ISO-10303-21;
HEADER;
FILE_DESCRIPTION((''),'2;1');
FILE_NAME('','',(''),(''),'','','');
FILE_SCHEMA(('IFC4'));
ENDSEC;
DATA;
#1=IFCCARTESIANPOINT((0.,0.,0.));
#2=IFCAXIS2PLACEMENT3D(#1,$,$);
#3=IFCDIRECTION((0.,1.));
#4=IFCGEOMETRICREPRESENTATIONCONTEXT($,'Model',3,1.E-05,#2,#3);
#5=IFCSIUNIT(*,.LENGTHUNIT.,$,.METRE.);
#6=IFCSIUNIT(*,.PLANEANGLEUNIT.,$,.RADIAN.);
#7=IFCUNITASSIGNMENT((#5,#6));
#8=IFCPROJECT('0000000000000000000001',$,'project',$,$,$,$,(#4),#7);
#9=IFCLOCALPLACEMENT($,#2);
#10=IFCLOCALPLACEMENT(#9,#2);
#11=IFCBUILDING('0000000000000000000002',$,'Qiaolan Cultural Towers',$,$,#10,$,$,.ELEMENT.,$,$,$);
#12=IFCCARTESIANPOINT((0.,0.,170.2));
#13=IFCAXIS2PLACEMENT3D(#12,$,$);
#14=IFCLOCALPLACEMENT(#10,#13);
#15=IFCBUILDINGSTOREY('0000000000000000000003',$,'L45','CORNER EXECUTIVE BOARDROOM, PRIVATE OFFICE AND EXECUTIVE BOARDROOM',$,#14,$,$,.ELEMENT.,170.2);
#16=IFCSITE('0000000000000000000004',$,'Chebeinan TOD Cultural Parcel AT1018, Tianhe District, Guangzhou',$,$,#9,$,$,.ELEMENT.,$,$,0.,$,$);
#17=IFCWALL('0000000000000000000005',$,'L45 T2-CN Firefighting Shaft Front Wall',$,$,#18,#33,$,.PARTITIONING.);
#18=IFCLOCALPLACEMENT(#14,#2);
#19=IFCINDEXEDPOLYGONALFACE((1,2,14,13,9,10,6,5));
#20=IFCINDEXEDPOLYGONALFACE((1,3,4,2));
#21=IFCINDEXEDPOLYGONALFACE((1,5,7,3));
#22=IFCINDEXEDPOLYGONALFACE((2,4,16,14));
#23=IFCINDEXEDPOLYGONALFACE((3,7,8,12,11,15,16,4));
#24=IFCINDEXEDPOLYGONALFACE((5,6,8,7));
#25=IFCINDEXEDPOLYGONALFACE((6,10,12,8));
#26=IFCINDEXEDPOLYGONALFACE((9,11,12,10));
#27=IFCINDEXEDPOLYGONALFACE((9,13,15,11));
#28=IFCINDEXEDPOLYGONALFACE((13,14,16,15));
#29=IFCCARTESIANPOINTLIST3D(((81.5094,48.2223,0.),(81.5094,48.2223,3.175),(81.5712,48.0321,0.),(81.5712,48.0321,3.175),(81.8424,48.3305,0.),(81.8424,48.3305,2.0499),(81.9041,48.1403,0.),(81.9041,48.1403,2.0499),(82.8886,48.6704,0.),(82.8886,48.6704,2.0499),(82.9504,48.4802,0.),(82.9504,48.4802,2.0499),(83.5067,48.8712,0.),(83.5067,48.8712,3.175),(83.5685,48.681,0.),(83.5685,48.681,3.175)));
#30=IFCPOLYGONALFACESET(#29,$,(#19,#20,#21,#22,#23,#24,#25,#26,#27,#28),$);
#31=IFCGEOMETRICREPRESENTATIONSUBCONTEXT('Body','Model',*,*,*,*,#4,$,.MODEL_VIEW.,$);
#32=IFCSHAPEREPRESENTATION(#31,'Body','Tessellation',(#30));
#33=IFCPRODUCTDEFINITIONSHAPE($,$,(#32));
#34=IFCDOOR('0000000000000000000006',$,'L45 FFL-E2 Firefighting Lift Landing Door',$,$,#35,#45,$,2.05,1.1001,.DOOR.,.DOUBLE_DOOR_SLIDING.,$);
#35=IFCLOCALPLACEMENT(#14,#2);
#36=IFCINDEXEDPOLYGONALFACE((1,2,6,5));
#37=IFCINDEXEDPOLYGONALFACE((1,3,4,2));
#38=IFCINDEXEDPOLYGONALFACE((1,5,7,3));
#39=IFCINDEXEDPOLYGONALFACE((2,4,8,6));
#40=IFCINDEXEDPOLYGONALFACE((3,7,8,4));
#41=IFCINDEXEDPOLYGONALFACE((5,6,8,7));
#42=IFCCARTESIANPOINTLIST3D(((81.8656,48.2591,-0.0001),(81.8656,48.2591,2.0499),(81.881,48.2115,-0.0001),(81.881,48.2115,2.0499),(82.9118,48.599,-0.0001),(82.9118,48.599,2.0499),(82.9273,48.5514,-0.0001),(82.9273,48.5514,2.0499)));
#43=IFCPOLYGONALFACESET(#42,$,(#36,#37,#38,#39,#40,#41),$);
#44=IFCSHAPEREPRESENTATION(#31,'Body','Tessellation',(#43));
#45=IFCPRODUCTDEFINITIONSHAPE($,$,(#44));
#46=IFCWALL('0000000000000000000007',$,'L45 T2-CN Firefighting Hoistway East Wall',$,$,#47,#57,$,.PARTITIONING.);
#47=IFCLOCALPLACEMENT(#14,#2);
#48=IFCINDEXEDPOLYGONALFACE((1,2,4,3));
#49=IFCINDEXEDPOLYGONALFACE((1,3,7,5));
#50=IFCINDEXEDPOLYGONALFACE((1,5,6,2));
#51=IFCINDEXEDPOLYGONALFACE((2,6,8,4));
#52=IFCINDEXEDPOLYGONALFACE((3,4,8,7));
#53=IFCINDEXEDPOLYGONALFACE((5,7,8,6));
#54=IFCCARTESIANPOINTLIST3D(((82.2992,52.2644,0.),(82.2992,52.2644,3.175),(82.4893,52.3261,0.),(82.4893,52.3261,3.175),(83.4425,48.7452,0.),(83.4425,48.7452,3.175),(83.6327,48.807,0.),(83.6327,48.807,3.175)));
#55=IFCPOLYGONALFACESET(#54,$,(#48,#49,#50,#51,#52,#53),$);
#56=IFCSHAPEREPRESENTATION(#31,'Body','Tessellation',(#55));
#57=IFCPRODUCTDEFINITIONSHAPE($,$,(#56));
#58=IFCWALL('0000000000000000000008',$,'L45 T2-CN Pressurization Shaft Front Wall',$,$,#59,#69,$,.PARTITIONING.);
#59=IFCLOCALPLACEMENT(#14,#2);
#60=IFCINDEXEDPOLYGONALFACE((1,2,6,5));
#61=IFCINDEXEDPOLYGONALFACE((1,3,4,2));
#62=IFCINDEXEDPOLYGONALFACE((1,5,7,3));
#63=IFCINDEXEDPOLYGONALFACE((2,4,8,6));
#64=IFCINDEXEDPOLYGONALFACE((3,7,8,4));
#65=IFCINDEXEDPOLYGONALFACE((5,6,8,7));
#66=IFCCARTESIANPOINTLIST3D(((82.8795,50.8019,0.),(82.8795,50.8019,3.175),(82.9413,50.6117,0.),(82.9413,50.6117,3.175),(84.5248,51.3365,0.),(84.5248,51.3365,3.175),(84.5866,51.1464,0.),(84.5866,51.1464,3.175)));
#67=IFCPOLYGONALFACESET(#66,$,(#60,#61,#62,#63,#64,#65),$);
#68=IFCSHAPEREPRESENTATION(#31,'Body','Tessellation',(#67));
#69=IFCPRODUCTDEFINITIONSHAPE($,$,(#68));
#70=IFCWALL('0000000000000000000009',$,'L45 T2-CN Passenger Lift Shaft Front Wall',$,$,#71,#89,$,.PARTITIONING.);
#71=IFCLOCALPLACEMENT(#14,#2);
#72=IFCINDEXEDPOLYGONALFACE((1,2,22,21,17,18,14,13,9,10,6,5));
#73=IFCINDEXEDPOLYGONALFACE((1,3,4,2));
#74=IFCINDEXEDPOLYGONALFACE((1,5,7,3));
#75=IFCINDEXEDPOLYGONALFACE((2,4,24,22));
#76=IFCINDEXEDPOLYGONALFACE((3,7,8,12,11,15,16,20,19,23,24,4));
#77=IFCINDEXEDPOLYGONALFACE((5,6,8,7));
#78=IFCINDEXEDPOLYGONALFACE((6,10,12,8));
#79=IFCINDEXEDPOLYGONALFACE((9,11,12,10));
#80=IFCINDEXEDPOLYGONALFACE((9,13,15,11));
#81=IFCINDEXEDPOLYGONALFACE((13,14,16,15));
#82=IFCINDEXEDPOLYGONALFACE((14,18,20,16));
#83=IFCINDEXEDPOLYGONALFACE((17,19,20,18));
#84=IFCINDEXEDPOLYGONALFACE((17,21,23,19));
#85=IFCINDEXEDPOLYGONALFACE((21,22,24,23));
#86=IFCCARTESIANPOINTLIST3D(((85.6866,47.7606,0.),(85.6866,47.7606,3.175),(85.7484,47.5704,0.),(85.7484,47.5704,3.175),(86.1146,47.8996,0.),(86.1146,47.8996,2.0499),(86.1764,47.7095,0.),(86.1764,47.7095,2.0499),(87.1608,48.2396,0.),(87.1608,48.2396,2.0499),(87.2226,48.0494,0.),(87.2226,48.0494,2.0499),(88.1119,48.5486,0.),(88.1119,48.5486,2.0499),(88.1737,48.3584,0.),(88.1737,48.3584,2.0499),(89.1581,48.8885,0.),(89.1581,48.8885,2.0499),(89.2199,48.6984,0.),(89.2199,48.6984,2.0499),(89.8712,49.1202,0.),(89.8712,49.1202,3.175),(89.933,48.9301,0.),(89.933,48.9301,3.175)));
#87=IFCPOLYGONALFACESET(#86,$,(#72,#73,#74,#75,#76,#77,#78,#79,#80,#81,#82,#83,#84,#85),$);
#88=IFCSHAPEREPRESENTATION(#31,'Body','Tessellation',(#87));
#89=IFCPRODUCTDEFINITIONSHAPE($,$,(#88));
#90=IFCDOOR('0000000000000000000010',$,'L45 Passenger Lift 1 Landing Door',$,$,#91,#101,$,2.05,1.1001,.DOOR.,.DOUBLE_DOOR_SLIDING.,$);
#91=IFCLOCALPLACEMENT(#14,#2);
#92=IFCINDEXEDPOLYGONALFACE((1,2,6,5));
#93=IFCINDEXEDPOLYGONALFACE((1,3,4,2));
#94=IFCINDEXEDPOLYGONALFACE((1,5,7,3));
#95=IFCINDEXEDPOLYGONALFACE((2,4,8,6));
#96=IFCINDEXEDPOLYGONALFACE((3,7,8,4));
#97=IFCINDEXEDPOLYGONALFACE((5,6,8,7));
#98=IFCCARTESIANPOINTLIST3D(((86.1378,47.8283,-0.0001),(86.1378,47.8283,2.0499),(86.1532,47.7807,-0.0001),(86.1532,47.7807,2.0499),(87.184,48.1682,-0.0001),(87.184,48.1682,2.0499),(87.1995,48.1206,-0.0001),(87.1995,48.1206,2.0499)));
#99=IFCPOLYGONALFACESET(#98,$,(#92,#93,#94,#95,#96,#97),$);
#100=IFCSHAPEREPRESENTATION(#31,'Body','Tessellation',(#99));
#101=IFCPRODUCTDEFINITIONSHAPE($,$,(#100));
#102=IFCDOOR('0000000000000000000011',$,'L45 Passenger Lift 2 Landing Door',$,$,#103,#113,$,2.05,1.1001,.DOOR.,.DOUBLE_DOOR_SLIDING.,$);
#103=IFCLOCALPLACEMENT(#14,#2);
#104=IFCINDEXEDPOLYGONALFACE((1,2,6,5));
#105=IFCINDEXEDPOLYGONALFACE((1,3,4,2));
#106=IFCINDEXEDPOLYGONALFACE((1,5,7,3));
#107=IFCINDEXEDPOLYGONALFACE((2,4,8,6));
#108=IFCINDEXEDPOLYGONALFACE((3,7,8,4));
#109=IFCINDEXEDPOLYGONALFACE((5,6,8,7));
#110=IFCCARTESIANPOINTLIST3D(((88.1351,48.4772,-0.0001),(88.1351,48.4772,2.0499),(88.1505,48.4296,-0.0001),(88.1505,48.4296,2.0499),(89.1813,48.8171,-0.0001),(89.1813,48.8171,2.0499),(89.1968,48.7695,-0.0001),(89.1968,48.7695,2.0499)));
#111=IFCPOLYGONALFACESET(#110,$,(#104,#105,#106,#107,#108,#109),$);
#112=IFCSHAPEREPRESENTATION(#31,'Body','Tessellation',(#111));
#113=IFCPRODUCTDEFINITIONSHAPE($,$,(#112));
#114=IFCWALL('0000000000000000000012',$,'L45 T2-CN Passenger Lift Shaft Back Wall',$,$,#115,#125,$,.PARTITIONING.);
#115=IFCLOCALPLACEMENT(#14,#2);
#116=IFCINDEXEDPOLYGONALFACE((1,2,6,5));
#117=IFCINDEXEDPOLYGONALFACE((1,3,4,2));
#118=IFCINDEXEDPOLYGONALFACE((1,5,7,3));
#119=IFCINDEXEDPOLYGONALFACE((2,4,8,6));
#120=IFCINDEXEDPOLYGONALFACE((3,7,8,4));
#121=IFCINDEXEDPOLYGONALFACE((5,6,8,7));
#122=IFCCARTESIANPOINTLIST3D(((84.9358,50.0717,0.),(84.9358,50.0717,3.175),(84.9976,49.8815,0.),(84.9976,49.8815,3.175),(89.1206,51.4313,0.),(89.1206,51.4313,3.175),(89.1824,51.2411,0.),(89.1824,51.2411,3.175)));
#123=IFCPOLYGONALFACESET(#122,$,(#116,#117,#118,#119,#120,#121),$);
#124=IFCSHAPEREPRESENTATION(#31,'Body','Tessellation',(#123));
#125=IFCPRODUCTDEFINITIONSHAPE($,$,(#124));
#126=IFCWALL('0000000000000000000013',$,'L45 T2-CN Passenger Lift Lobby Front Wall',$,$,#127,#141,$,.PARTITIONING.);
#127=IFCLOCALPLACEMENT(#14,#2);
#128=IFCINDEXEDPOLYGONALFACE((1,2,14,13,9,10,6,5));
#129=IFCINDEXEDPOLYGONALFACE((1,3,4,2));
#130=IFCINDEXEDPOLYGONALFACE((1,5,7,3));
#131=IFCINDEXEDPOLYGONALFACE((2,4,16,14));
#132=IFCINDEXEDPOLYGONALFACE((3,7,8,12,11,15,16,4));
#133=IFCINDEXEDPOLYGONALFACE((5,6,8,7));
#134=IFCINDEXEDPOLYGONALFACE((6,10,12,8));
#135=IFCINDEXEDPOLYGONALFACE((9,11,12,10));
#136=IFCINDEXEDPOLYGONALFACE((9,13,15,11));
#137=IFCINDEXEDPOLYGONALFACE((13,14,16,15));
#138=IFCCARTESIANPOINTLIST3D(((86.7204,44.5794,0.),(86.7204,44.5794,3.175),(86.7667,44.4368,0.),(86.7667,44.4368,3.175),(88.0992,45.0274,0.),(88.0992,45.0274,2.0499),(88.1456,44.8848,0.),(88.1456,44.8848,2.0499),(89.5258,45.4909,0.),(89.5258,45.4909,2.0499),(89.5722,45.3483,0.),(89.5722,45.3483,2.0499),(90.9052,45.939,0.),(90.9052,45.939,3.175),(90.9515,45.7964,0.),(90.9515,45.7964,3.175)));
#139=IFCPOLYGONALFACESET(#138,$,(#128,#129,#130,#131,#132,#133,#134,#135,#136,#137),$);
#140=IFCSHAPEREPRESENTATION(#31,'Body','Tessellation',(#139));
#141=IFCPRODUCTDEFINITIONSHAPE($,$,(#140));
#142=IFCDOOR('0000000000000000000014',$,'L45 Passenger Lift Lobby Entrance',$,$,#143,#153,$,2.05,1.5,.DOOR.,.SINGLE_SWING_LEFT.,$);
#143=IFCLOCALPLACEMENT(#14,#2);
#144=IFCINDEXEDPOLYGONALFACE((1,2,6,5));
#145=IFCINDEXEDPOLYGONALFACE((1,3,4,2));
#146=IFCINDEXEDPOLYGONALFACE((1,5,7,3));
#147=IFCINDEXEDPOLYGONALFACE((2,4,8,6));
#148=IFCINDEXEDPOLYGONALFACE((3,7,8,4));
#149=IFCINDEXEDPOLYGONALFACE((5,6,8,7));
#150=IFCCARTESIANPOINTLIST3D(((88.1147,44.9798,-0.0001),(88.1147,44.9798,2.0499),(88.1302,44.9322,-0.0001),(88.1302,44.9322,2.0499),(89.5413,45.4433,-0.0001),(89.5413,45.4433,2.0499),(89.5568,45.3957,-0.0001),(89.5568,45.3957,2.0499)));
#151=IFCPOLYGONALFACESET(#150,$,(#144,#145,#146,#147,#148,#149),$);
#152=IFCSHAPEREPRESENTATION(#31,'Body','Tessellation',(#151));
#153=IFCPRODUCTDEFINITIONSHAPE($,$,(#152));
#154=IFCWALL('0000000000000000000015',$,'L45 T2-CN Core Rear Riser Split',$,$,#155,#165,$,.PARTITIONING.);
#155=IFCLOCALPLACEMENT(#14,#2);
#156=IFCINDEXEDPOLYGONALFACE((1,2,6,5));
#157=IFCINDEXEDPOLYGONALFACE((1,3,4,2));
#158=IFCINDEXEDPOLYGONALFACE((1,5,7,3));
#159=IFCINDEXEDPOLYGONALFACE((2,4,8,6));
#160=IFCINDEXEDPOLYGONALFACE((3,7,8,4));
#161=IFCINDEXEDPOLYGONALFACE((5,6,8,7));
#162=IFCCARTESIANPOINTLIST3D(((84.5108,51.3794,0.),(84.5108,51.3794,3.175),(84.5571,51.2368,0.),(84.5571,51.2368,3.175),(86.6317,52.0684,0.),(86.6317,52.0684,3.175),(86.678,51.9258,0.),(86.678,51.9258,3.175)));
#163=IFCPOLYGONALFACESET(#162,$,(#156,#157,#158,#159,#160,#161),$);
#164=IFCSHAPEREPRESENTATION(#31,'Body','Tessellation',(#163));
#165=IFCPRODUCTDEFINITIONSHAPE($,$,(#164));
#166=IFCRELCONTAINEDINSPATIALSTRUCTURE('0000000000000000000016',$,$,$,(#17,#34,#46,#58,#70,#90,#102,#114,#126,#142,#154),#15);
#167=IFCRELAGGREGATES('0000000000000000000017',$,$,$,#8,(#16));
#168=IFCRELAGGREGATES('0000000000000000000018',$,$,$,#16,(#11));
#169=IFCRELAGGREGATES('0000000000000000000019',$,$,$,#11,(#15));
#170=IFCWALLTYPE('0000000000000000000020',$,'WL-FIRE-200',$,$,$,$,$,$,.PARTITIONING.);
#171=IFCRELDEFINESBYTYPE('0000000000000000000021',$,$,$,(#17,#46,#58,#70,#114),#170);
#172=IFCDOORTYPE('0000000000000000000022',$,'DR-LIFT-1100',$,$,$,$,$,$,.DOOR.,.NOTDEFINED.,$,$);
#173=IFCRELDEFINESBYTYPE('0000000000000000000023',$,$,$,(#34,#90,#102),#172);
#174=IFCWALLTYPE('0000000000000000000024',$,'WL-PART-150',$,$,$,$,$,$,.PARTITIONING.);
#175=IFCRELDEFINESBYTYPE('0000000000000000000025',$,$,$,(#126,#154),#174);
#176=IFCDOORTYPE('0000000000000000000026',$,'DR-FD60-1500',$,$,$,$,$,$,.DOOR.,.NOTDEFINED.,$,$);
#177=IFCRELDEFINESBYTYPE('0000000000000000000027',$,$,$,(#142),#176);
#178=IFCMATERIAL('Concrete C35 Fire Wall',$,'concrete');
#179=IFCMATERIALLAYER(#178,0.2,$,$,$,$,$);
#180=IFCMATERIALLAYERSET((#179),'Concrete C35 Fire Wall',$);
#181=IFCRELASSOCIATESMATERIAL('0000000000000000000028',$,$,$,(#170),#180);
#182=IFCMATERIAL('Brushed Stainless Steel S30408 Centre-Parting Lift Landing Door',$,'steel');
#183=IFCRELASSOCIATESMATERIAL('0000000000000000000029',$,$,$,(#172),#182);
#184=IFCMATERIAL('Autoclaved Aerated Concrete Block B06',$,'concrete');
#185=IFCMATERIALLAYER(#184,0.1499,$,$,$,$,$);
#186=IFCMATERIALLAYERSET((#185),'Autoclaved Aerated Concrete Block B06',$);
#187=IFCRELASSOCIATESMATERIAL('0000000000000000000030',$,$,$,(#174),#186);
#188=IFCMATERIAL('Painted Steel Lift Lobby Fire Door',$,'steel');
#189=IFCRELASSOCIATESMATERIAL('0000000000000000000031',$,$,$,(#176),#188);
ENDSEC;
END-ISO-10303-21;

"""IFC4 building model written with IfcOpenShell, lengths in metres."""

from ifc_helpers import new_model, si_unit, direction, frame, frame_2d, origin, place, context, subcontext, project, spatial, rectangle, extrude, material, layer, layer_set, type_object, element, fill, save


model = new_model("IFC4")

# Units and contexts
model_context = context("Model", 3, precision=1e-05, world=origin(), true_north=direction((0.0, 1.0)))
body_context = subcontext(model_context, "Body", "Model", "MODEL_VIEW")
ifc_project = project(units=[si_unit("LENGTHUNIT", "METRE"), si_unit("PLANEANGLEUNIT", "RADIAN")], contexts=[model_context])

# Site, building, storey
site_placement = place(None, origin())
site = spatial("IfcSite", under=ifc_project, at=site_placement, Name="Chebeinan TOD Cultural Parcel AT1018, Tianhe District, Guangzhou", CompositionType="ELEMENT", RefElevation=0.0)
building_placement = place(site_placement, origin())
building = spatial("IfcBuilding", under=site, at=building_placement, Name="Qiaolan Cultural Towers", CompositionType="ELEMENT")
storey_placement = place(building_placement, frame((0.0, 0.0, 170.2)))
storey = spatial("IfcBuildingStorey", under=building, at=storey_placement, Name="L45", Description="CORNER EXECUTIVE BOARDROOM, PRIVATE OFFICE AND EXECUTIVE BOARDROOM", CompositionType="ELEMENT", Elevation=170.2)

# Shared definitions
ifc_material_1 = material(Name="Concrete C35 Fire Wall", Category="concrete")
ifc_layer_1 = layer(ifc_material_1, 0.2)
ifc_layer_set_1 = layer_set([ifc_layer_1], Name="Concrete C35 Fire Wall")
wall_type_1 = type_object("IfcWallType", Name="WL-FIRE-200", PredefinedType="PARTITIONING", material=ifc_layer_set_1)

# Wall, opening, door
wall_1_placement = place(storey_placement, frame((81.5403, 48.1272, 0.0), z_axis=(0.0, 0.0, 1.0), x_axis=(0.951062, 0.308999, 0.0)))
wall_1 = element("IfcWall", 1, at=wall_1_placement, inside=storey, type_object=wall_type_1, Name="L45 T2-CN Firefighting Shaft Front Wall", PredefinedType="PARTITIONING", context=body_context, shape_type="SweptSolid", body=[
    extrude(rectangle(XDim=2.1001, YDim=0.2, at=frame_2d((1.05, 0.0))), origin(), (0.0, 0.0, 1.0), 3.175),
])
opening_1_placement = place(wall_1_placement, frame((0.3501, 0.0, 0.0)))
opening_1 = element("IfcOpeningElement", 2, at=opening_1_placement, cuts=wall_1, PredefinedType="OPENING", context=body_context, shape_type="SweptSolid", body=[
    extrude(rectangle(XDim=1.1001, YDim=2.05, at=frame_2d((0.55, 1.0249))), frame((0.0, 0.1099, 0.0), z_axis=(0.0, -1.0, 0.0), x_axis=(1.0, 0.0, 0.0)), (0.0, 0.0, 1.0), 0.22),
])
ifc_material_2 = material(Name="Brushed Stainless Steel S30408 Centre-Parting Lift Landing Door", Category="steel")
door_type_1 = type_object("IfcDoorType", Name="DR-LIFT-1100", OperationType="NOTDEFINED", PredefinedType="DOOR", material=ifc_material_2)
door_1_placement = place(opening_1_placement, origin())
door_1 = element("IfcDoor", 3, at=door_1_placement, inside=storey, type_object=door_type_1, Name="L45 FFL-E2 Firefighting Lift Landing Door", OperationType="DOUBLE_DOOR_SLIDING", OverallHeight=2.05, OverallWidth=1.1001, PredefinedType="DOOR", context=body_context, shape_type="SweptSolid", body=[
    extrude(rectangle(XDim=1.1001, YDim=2.05, at=frame_2d((0.55, 1.0249))), frame((0.0, 0.0249, 0.0), z_axis=(0.0, -1.0, 0.0), x_axis=(1.0, 0.0, 0.0)), (0.0, 0.0, 1.0), 0.05),
])
fill(opening_1, door_1)

# Walls
wall_2_placement = place(storey_placement, frame((83.5376, 48.7761, 0.0), z_axis=(0.0, 0.0, 1.0), x_axis=(-0.308994, 0.951064, 0.0)))
element("IfcWall", 4, at=wall_2_placement, inside=storey, type_object=wall_type_1, Name="L45 T2-CN Firefighting Hoistway East Wall", PredefinedType="PARTITIONING", context=body_context, shape_type="SweptSolid", body=[
    extrude(rectangle(XDim=3.7002, YDim=0.2, at=frame_2d((1.8501, 0.0))), origin(), (0.0, 0.0, 1.0), 3.175),
])
wall_3_placement = place(storey_placement, frame((82.9104, 50.7068, 0.0), z_axis=(0.0, 0.0, 1.0), x_axis=(0.951041, 0.309064, 0.0)))
element("IfcWall", 5, at=wall_3_placement, inside=storey, type_object=wall_type_1, Name="L45 T2-CN Pressurization Shaft Front Wall", PredefinedType="PARTITIONING", context=body_context, shape_type="SweptSolid", body=[
    extrude(rectangle(XDim=1.73, YDim=0.2, at=frame_2d((0.865, 0.0))), origin(), (0.0, 0.0, 1.0), 3.175),
])

# Wall, openings, doors
wall_4_placement = place(storey_placement, frame((85.7175, 47.6655, 0.0), z_axis=(0.0, 0.0, 1.0), x_axis=(0.951059, 0.309011, 0.0)))
wall_4 = element("IfcWall", 6, at=wall_4_placement, inside=storey, type_object=wall_type_1, Name="L45 T2-CN Passenger Lift Shaft Front Wall", PredefinedType="PARTITIONING", context=body_context, shape_type="SweptSolid", body=[
    extrude(rectangle(XDim=4.3999, YDim=0.2, at=frame_2d((2.2, 0.0))), origin(), (0.0, 0.0, 1.0), 3.175),
])
opening_2_placement = place(wall_4_placement, frame((0.45, 0.0, 0.0)))
opening_2 = element("IfcOpeningElement", 7, at=opening_2_placement, cuts=wall_4, PredefinedType="OPENING", context=body_context, shape_type="SweptSolid", body=[
    extrude(rectangle(XDim=1.1001, YDim=2.05, at=frame_2d((0.55, 1.0249))), frame((0.0, 0.1099, 0.0), z_axis=(0.0, -1.0, 0.0), x_axis=(1.0, 0.0, 0.0)), (0.0, 0.0, 1.0), 0.22),
])
opening_3_placement = place(wall_4_placement, frame((2.55, 0.0, 0.0)))
opening_3 = element("IfcOpeningElement", 8, at=opening_3_placement, cuts=wall_4, PredefinedType="OPENING", context=body_context, shape_type="SweptSolid", body=[
    extrude(rectangle(XDim=1.1001, YDim=2.05, at=frame_2d((0.55, 1.0249))), frame((0.0, 0.1099, 0.0), z_axis=(0.0, -1.0, 0.0), x_axis=(1.0, 0.0, 0.0)), (0.0, 0.0, 1.0), 0.22),
])
door_2_placement = place(opening_2_placement, origin())
door_2 = element("IfcDoor", 9, at=door_2_placement, inside=storey, type_object=door_type_1, Name="L45 Passenger Lift 1 Landing Door", OperationType="DOUBLE_DOOR_SLIDING", OverallHeight=2.05, OverallWidth=1.1001, PredefinedType="DOOR", context=body_context, shape_type="SweptSolid", body=[
    extrude(rectangle(XDim=1.1001, YDim=2.05, at=frame_2d((0.55, 1.0249))), frame((0.0, 0.0249, 0.0), z_axis=(0.0, -1.0, 0.0), x_axis=(1.0, 0.0, 0.0)), (0.0, 0.0, 1.0), 0.05),
])
fill(opening_2, door_2)
door_3_placement = place(opening_3_placement, origin())
door_3 = element("IfcDoor", 10, at=door_3_placement, inside=storey, type_object=door_type_1, Name="L45 Passenger Lift 2 Landing Door", OperationType="DOUBLE_DOOR_SLIDING", OverallHeight=2.05, OverallWidth=1.1001, PredefinedType="DOOR", context=body_context, shape_type="SweptSolid", body=[
    extrude(rectangle(XDim=1.1001, YDim=2.05, at=frame_2d((0.55, 1.0249))), frame((0.0, 0.0249, 0.0), z_axis=(0.0, -1.0, 0.0), x_axis=(1.0, 0.0, 0.0)), (0.0, 0.0, 1.0), 0.05),
])
fill(opening_3, door_3)

# Wall
wall_5_placement = place(storey_placement, frame((84.9666, 49.9766, 0.0), z_axis=(0.0, 0.0, 1.0), x_axis=(0.951064, 0.308994, 0.0)))
element("IfcWall", 11, at=wall_5_placement, inside=storey, type_object=wall_type_1, Name="L45 T2-CN Passenger Lift Shaft Back Wall", PredefinedType="PARTITIONING", context=body_context, shape_type="SweptSolid", body=[
    extrude(rectangle(XDim=4.4001, YDim=0.2, at=frame_2d((2.2002, 0.0))), origin(), (0.0, 0.0, 1.0), 3.175),
])

# Wall, opening, door
ifc_material_3 = material(Name="Autoclaved Aerated Concrete Block B06", Category="concrete")
ifc_layer_2 = layer(ifc_material_3, 0.1499)
ifc_layer_set_2 = layer_set([ifc_layer_2], Name="Autoclaved Aerated Concrete Block B06")
wall_type_2 = type_object("IfcWallType", Name="WL-PART-150", PredefinedType="PARTITIONING", material=ifc_layer_set_2)
wall_6_placement = place(storey_placement, frame((86.7434, 44.5081, 0.0), z_axis=(0.0, 0.0, 1.0), x_axis=(0.951064, 0.308994, 0.0)))
wall_6 = element("IfcWall", 12, at=wall_6_placement, inside=storey, type_object=wall_type_2, Name="L45 T2-CN Passenger Lift Lobby Front Wall", PredefinedType="PARTITIONING", context=body_context, shape_type="SweptSolid", body=[
    extrude(rectangle(XDim=4.4001, YDim=0.1499, at=frame_2d((2.2002, 0.0))), origin(), (0.0, 0.0, 1.0), 3.175),
])
opening_4_placement = place(wall_6_placement, frame((1.45, 0.0, 0.0)))
opening_4 = element("IfcOpeningElement", 13, at=opening_4_placement, cuts=wall_6, PredefinedType="OPENING", context=body_context, shape_type="SweptSolid", body=[
    extrude(rectangle(XDim=1.5, YDim=2.05, at=frame_2d((0.75, 1.0249))), frame((0.0, 0.085, 0.0), z_axis=(0.0, -1.0, 0.0), x_axis=(1.0, 0.0, 0.0)), (0.0, 0.0, 1.0), 0.1699),
])
ifc_material_4 = material(Name="Painted Steel Lift Lobby Fire Door", Category="steel")
door_type_2 = type_object("IfcDoorType", Name="DR-FD60-1500", OperationType="NOTDEFINED", PredefinedType="DOOR", material=ifc_material_4)
door_4_placement = place(opening_4_placement, origin())
door_4 = element("IfcDoor", 14, at=door_4_placement, inside=storey, type_object=door_type_2, Name="L45 Passenger Lift Lobby Entrance", OperationType="SINGLE_SWING_LEFT", OverallHeight=2.05, OverallWidth=1.5, PredefinedType="DOOR", context=body_context, shape_type="SweptSolid", body=[
    extrude(rectangle(XDim=1.5, YDim=2.05, at=frame_2d((0.75, 1.0249))), frame((0.0, 0.0249, 0.0), z_axis=(0.0, -1.0, 0.0), x_axis=(1.0, 0.0, 0.0)), (0.0, 0.0, 1.0), 0.05),
])
fill(opening_4, door_4)

# Wall
wall_7_placement = place(storey_placement, frame((84.5339, 51.3081, 0.0), z_axis=(0.0, 0.0, 1.0), x_axis=(0.951075, 0.30896, 0.0)))
element("IfcWall", 15, at=wall_7_placement, inside=storey, type_object=wall_type_2, Name="L45 T2-CN Core Rear Riser Split", PredefinedType="PARTITIONING", context=body_context, shape_type="SweptSolid", body=[
    extrude(rectangle(XDim=2.23, YDim=0.1499, at=frame_2d((1.115, 0.0))), origin(), (0.0, 0.0, 1.0), 3.175),
])

save(model, "model.ifc")
